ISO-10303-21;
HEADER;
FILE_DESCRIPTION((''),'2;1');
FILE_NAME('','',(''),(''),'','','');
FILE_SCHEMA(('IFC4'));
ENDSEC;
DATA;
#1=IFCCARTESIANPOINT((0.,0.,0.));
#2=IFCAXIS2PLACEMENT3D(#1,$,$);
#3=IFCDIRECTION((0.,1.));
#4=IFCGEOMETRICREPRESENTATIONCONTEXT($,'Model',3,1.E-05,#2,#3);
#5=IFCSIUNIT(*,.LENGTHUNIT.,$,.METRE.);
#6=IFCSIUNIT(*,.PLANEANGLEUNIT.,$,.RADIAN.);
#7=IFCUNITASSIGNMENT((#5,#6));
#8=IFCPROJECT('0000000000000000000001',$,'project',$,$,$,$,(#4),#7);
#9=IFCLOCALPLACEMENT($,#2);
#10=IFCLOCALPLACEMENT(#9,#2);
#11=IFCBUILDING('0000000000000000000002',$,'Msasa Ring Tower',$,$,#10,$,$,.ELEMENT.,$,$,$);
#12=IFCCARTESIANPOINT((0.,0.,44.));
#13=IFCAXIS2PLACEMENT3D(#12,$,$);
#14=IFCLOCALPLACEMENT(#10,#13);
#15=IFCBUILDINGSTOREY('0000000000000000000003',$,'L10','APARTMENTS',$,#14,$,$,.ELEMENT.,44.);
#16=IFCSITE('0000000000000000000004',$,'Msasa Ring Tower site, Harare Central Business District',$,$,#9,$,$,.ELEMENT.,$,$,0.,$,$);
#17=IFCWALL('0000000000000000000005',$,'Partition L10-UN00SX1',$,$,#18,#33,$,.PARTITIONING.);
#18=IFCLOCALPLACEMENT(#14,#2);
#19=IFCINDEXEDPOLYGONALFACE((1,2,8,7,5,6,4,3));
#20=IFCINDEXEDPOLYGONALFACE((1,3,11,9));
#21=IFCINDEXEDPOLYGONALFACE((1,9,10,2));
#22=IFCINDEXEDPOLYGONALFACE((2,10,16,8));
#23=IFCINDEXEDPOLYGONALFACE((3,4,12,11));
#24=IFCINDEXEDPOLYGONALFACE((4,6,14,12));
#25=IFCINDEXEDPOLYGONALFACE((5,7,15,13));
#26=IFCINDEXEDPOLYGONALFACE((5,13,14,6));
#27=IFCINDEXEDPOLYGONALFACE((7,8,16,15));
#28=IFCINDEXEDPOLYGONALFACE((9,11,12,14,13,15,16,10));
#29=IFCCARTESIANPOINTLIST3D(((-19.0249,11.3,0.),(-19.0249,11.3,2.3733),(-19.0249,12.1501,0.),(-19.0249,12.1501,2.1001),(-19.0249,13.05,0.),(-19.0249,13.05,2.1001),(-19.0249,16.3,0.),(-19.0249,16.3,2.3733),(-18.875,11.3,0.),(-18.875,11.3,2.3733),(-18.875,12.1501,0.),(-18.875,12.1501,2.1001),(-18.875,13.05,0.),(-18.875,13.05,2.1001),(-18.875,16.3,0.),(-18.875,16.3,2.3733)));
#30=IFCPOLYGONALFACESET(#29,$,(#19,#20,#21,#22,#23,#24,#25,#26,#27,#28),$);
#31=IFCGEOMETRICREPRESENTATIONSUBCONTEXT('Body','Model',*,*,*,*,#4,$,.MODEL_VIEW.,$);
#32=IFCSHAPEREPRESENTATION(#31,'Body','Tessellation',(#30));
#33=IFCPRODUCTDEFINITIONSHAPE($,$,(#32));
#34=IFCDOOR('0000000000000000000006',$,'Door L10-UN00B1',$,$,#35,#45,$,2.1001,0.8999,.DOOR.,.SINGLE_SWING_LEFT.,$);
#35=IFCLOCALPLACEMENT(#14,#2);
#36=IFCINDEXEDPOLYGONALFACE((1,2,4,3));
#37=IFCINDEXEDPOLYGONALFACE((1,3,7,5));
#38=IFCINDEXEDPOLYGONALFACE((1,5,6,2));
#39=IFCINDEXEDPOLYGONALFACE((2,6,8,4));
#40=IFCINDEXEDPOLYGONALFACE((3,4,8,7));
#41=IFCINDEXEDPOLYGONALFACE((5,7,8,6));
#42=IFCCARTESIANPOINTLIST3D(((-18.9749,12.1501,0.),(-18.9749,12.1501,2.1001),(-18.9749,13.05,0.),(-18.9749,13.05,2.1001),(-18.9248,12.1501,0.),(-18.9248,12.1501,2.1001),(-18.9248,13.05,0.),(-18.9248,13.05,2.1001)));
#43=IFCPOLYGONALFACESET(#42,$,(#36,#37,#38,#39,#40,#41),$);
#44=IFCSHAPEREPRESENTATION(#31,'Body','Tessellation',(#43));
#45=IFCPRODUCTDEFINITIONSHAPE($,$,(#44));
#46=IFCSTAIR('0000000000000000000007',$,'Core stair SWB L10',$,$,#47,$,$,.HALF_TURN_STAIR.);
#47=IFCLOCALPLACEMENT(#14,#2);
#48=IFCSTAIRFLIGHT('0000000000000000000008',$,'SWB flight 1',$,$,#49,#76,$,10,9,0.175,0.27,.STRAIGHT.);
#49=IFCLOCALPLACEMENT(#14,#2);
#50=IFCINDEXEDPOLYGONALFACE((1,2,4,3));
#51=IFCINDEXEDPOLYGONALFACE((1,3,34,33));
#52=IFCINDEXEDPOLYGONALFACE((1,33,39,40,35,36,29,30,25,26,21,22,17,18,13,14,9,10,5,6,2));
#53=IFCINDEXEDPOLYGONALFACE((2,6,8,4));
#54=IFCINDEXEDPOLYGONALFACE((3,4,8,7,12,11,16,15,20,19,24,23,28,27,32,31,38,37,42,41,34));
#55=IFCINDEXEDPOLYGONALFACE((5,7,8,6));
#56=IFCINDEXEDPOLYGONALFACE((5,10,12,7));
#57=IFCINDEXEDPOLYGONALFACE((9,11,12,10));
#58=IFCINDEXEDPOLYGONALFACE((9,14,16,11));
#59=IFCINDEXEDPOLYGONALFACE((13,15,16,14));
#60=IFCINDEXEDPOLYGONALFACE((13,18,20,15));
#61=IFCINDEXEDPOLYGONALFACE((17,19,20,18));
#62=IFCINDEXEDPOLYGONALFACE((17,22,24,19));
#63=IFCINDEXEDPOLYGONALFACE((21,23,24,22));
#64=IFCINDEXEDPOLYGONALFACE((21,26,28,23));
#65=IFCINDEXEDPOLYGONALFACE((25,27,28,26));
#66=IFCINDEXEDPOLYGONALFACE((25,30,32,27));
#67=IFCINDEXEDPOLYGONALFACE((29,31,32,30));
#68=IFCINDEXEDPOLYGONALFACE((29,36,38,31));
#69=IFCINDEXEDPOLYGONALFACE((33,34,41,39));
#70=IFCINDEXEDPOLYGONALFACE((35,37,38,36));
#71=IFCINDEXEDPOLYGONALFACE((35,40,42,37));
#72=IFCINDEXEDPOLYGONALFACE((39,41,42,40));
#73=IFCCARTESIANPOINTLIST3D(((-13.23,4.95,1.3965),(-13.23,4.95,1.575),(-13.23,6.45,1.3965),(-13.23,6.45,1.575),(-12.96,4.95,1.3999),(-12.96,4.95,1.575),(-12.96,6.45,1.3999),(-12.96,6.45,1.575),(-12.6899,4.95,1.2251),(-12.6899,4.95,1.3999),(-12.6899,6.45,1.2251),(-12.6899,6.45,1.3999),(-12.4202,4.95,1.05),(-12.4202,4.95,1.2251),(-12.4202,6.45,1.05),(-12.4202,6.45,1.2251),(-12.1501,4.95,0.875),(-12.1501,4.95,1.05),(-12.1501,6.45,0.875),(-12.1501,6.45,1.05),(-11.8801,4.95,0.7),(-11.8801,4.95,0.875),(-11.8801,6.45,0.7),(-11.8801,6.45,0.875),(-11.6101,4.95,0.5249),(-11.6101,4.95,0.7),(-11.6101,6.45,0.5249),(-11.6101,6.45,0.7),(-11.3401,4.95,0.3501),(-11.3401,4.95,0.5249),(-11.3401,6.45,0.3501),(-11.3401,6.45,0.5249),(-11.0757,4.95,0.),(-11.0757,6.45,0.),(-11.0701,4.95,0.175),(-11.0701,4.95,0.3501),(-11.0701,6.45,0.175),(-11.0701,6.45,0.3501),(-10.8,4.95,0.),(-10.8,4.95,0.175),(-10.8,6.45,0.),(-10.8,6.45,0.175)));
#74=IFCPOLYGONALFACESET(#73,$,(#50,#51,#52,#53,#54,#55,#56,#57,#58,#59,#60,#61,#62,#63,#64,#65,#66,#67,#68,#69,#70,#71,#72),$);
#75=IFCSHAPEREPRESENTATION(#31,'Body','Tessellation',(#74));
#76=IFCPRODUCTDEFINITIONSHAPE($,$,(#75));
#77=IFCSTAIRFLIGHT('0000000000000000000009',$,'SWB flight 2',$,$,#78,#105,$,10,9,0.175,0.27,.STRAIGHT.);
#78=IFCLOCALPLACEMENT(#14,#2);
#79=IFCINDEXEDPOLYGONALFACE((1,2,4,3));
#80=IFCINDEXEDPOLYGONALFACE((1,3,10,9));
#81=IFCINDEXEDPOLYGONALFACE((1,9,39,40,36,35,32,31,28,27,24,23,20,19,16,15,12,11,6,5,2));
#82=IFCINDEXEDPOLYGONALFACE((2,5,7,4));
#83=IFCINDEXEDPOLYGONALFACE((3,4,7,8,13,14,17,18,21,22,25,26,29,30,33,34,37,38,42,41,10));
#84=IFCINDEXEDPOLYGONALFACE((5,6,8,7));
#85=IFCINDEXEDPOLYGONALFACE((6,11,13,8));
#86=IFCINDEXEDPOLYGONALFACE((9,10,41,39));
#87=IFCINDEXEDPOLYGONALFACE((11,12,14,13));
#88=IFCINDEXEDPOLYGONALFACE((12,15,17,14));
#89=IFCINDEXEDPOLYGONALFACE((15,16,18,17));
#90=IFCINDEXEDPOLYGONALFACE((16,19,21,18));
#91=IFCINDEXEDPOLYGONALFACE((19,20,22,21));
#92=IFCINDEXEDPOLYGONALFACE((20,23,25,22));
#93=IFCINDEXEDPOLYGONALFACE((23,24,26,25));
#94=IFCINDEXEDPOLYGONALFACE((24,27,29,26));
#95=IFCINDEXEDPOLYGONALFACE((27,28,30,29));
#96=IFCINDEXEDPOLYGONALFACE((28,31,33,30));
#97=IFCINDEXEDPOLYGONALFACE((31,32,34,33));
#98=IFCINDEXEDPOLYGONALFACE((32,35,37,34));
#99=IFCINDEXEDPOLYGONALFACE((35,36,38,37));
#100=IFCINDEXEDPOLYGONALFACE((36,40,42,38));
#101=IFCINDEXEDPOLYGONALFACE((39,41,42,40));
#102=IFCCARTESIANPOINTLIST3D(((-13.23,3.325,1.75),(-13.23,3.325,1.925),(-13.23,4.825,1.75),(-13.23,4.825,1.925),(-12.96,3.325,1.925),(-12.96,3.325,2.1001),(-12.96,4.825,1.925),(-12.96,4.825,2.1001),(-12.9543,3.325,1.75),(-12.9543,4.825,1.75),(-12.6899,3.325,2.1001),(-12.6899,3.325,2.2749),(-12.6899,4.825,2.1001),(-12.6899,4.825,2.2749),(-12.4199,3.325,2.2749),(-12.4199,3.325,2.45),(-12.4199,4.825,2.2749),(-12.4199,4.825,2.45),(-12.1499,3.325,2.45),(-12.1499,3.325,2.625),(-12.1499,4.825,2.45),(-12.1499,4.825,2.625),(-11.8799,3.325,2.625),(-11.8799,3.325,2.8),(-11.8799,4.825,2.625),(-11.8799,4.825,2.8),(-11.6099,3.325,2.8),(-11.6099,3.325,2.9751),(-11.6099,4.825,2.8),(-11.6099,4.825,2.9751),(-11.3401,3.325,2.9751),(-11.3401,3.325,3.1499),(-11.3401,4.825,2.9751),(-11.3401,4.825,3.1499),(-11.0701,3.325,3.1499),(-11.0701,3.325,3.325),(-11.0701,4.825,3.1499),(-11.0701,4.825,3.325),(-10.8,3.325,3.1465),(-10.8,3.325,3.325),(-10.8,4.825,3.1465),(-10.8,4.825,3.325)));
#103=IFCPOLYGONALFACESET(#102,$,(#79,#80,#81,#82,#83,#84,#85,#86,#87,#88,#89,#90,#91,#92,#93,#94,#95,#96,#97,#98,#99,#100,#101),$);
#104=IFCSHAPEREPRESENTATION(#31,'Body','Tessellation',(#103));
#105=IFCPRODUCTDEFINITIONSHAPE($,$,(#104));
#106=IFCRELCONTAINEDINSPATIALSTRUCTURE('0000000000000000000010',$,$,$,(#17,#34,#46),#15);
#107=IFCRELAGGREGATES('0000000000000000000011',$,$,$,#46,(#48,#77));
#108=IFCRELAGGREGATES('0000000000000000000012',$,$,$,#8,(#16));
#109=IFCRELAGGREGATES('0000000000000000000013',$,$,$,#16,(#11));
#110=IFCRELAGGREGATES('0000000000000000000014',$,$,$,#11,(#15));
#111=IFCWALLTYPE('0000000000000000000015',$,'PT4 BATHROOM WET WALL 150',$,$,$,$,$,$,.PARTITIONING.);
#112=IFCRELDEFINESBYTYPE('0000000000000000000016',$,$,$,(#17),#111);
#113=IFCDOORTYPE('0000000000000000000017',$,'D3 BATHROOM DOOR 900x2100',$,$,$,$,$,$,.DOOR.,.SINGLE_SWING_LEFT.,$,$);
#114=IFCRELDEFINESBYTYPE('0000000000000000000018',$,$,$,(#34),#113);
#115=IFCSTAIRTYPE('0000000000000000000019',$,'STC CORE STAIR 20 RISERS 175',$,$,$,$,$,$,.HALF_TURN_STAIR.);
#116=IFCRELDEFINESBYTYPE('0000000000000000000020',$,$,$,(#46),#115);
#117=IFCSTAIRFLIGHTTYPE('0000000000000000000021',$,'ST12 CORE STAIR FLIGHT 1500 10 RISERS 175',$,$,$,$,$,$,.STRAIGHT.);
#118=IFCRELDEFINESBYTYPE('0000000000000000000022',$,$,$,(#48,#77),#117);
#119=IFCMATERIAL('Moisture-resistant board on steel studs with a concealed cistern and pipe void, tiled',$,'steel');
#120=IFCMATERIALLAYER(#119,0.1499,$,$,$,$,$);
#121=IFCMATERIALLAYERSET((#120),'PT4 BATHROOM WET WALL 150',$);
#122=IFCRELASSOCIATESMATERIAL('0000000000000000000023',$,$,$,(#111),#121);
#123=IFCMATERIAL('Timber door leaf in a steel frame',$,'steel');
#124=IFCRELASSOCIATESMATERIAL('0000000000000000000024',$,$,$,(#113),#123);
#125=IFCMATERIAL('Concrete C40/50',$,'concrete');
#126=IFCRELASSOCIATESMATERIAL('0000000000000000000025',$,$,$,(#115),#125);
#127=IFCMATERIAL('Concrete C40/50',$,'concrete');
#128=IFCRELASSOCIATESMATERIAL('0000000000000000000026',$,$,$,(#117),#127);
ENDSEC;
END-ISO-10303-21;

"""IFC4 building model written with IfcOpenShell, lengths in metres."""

from ifc_helpers import new_model, si_unit, direction, frame, frame_2d, origin, place, context, subcontext, project, spatial, polyline, rectangle, outline, extrude, material, layer, layer_set, type_object, element, fill, aggregate, save


model = new_model("IFC4")

# Units and contexts
model_context = context("Model", 3, precision=1e-05, world=origin(), true_north=direction((0.0, 1.0)))
body_context = subcontext(model_context, "Body", "Model", "MODEL_VIEW")
ifc_project = project(units=[si_unit("LENGTHUNIT", "METRE"), si_unit("PLANEANGLEUNIT", "RADIAN")], contexts=[model_context])

# Site, building, storey
site_placement = place(None, origin())
site = spatial("IfcSite", under=ifc_project, at=site_placement, Name="Msasa Ring Tower site, Harare Central Business District", CompositionType="ELEMENT", RefElevation=0.0)
building_placement = place(site_placement, origin())
building = spatial("IfcBuilding", under=site, at=building_placement, Name="Msasa Ring Tower", CompositionType="ELEMENT")
storey_placement = place(building_placement, frame((0.0, 0.0, 44.0)))
storey = spatial("IfcBuildingStorey", under=building, at=storey_placement, Name="L10", Description="APARTMENTS", CompositionType="ELEMENT", Elevation=44.0)

# Wall, opening, door
ifc_material_1 = material(Name="Moisture-resistant board on steel studs with a concealed cistern and pipe void, tiled", Category="steel")
ifc_layer_1 = layer(ifc_material_1, 0.1499)
ifc_layer_set_1 = layer_set([ifc_layer_1], Name="PT4 BATHROOM WET WALL 150")
wall_type_1 = type_object("IfcWallType", Name="PT4 BATHROOM WET WALL 150", PredefinedType="PARTITIONING", material=ifc_layer_set_1)
wall_1_placement = place(storey_placement, frame((-18.95, 11.3, 0.0), z_axis=(0.0, 0.0, 1.0), x_axis=(0.0, 1.0, 0.0)))
wall_1 = element("IfcWall", 1, at=wall_1_placement, inside=storey, type_object=wall_type_1, Name="Partition L10-UN00SX1", PredefinedType="PARTITIONING", context=body_context, shape_type="SweptSolid", body=[
    extrude(rectangle(XDim=5.0, YDim=0.1499, at=frame_2d((2.5, 0.0))), origin(), (0.0, 0.0, 1.0), 2.3733),
])
opening_1_placement = place(wall_1_placement, frame((0.8501, 0.0, 0.0)))
opening_1 = element("IfcOpeningElement", 2, at=opening_1_placement, cuts=wall_1, PredefinedType="OPENING", context=body_context, shape_type="SweptSolid", body=[
    extrude(rectangle(XDim=0.8999, YDim=2.1001, at=frame_2d((0.45, 1.05))), frame((0.0, 0.085, 0.0), z_axis=(0.0, -1.0, 0.0), x_axis=(1.0, 0.0, 0.0)), (0.0, 0.0, 1.0), 0.1699),
])
ifc_material_2 = material(Name="Timber door leaf in a steel frame", Category="steel")
door_type_1 = type_object("IfcDoorType", Name="D3 BATHROOM DOOR 900x2100", OperationType="SINGLE_SWING_LEFT", PredefinedType="DOOR", material=ifc_material_2)
door_1_placement = place(opening_1_placement, origin())
door_1 = element("IfcDoor", 3, at=door_1_placement, inside=storey, type_object=door_type_1, Name="Door L10-UN00B1", OperationType="SINGLE_SWING_LEFT", OverallHeight=2.1001, OverallWidth=0.8999, PredefinedType="DOOR", context=body_context, shape_type="SweptSolid", body=[
    extrude(rectangle(XDim=0.8999, YDim=2.1001, at=frame_2d((0.45, 1.05))), frame((0.0, 0.0249, 0.0), z_axis=(0.0, -1.0, 0.0), x_axis=(1.0, 0.0, 0.0)), (0.0, 0.0, 1.0), 0.05),
])
fill(opening_1, door_1)

# Stair, stair flights
ifc_material_3 = material(Name="Concrete C40/50", Category="concrete")
stair_type = type_object("IfcStairType", Name="STC CORE STAIR 20 RISERS 175", PredefinedType="HALF_TURN_STAIR", material=ifc_material_3)
stair_placement = place(storey_placement, origin())
stair = element("IfcStair", 4, at=stair_placement, inside=storey, type_object=stair_type, Name="Core stair SWB L10", PredefinedType="HALF_TURN_STAIR")
ifc_material_4 = material(Name="Concrete C40/50", Category="concrete")
stair_flight_type = type_object("IfcStairFlightType", Name="ST12 CORE STAIR FLIGHT 1500 10 RISERS 175", PredefinedType="STRAIGHT", material=ifc_material_4)
stair_flight_1_placement = place(storey_placement, frame((-10.8, 5.7, 0.0), z_axis=(0.0, 0.0, 1.0), x_axis=(-1.0, 0.0, 0.0)))
stair_flight_1 = element("IfcStairFlight", 5, at=stair_flight_1_placement, type_object=stair_flight_type, Name="SWB flight 1", NumberOfRisers=10, NumberOfTreads=9, PredefinedType="STRAIGHT", RiserHeight=0.175, TreadLength=0.27, context=body_context, shape_type="SweptSolid", body=[
    extrude(outline(polyline([(0.0, 0.0), (0.0, 0.175), (0.27, 0.175), (0.27, 0.3501), (0.54, 0.3501), (0.54, 0.5249), (0.8101, 0.5249), (0.8101, 0.7), (1.0801, 0.7), (1.0801, 0.875), (1.3501, 0.875), (1.3501, 1.05), (1.6201, 1.05), (1.6201, 1.2251), (1.8899, 1.2251), (1.8899, 1.3999), (2.1599, 1.3999), (2.1599, 1.575), (2.4299, 1.575), (2.4299, 1.75), (2.4299, 1.3965), (0.2756, 0.0), (0.0, 0.0)])), frame((0.0, 0.75, 0.0), z_axis=(0.0, -1.0, 0.0), x_axis=(1.0, 0.0, 0.0)), (0.0, 0.0, 1.0), 1.5),
])
stair_flight_2_placement = place(storey_placement, frame((-13.23, 4.075, 1.75), z_axis=(0.0, 0.0, 1.0), x_axis=(1.0, 0.0, 0.0)))
stair_flight_2 = element("IfcStairFlight", 6, at=stair_flight_2_placement, type_object=stair_flight_type, Name="SWB flight 2", NumberOfRisers=10, NumberOfTreads=9, PredefinedType="STRAIGHT", RiserHeight=0.175, TreadLength=0.27, context=body_context, shape_type="SweptSolid", body=[
    extrude(outline(polyline([(0.0, 0.0), (0.0, 0.175), (0.27, 0.175), (0.27, 0.3501), (0.54, 0.3501), (0.54, 0.5249), (0.8101, 0.5249), (0.8101, 0.7), (1.0801, 0.7), (1.0801, 0.875), (1.3501, 0.875), (1.3501, 1.05), (1.6201, 1.05), (1.6201, 1.2251), (1.8899, 1.2251), (1.8899, 1.3999), (2.1599, 1.3999), (2.1599, 1.575), (2.4299, 1.575), (2.4299, 1.75), (2.4299, 1.3965), (0.2756, 0.0), (0.0, 0.0)])), frame((0.0, 0.75, 0.0), z_axis=(0.0, -1.0, 0.0), x_axis=(1.0, 0.0, 0.0)), (0.0, 0.0, 1.0), 1.5),
])
aggregate(stair, [stair_flight_1, stair_flight_2])

save(model, "model.ifc")
